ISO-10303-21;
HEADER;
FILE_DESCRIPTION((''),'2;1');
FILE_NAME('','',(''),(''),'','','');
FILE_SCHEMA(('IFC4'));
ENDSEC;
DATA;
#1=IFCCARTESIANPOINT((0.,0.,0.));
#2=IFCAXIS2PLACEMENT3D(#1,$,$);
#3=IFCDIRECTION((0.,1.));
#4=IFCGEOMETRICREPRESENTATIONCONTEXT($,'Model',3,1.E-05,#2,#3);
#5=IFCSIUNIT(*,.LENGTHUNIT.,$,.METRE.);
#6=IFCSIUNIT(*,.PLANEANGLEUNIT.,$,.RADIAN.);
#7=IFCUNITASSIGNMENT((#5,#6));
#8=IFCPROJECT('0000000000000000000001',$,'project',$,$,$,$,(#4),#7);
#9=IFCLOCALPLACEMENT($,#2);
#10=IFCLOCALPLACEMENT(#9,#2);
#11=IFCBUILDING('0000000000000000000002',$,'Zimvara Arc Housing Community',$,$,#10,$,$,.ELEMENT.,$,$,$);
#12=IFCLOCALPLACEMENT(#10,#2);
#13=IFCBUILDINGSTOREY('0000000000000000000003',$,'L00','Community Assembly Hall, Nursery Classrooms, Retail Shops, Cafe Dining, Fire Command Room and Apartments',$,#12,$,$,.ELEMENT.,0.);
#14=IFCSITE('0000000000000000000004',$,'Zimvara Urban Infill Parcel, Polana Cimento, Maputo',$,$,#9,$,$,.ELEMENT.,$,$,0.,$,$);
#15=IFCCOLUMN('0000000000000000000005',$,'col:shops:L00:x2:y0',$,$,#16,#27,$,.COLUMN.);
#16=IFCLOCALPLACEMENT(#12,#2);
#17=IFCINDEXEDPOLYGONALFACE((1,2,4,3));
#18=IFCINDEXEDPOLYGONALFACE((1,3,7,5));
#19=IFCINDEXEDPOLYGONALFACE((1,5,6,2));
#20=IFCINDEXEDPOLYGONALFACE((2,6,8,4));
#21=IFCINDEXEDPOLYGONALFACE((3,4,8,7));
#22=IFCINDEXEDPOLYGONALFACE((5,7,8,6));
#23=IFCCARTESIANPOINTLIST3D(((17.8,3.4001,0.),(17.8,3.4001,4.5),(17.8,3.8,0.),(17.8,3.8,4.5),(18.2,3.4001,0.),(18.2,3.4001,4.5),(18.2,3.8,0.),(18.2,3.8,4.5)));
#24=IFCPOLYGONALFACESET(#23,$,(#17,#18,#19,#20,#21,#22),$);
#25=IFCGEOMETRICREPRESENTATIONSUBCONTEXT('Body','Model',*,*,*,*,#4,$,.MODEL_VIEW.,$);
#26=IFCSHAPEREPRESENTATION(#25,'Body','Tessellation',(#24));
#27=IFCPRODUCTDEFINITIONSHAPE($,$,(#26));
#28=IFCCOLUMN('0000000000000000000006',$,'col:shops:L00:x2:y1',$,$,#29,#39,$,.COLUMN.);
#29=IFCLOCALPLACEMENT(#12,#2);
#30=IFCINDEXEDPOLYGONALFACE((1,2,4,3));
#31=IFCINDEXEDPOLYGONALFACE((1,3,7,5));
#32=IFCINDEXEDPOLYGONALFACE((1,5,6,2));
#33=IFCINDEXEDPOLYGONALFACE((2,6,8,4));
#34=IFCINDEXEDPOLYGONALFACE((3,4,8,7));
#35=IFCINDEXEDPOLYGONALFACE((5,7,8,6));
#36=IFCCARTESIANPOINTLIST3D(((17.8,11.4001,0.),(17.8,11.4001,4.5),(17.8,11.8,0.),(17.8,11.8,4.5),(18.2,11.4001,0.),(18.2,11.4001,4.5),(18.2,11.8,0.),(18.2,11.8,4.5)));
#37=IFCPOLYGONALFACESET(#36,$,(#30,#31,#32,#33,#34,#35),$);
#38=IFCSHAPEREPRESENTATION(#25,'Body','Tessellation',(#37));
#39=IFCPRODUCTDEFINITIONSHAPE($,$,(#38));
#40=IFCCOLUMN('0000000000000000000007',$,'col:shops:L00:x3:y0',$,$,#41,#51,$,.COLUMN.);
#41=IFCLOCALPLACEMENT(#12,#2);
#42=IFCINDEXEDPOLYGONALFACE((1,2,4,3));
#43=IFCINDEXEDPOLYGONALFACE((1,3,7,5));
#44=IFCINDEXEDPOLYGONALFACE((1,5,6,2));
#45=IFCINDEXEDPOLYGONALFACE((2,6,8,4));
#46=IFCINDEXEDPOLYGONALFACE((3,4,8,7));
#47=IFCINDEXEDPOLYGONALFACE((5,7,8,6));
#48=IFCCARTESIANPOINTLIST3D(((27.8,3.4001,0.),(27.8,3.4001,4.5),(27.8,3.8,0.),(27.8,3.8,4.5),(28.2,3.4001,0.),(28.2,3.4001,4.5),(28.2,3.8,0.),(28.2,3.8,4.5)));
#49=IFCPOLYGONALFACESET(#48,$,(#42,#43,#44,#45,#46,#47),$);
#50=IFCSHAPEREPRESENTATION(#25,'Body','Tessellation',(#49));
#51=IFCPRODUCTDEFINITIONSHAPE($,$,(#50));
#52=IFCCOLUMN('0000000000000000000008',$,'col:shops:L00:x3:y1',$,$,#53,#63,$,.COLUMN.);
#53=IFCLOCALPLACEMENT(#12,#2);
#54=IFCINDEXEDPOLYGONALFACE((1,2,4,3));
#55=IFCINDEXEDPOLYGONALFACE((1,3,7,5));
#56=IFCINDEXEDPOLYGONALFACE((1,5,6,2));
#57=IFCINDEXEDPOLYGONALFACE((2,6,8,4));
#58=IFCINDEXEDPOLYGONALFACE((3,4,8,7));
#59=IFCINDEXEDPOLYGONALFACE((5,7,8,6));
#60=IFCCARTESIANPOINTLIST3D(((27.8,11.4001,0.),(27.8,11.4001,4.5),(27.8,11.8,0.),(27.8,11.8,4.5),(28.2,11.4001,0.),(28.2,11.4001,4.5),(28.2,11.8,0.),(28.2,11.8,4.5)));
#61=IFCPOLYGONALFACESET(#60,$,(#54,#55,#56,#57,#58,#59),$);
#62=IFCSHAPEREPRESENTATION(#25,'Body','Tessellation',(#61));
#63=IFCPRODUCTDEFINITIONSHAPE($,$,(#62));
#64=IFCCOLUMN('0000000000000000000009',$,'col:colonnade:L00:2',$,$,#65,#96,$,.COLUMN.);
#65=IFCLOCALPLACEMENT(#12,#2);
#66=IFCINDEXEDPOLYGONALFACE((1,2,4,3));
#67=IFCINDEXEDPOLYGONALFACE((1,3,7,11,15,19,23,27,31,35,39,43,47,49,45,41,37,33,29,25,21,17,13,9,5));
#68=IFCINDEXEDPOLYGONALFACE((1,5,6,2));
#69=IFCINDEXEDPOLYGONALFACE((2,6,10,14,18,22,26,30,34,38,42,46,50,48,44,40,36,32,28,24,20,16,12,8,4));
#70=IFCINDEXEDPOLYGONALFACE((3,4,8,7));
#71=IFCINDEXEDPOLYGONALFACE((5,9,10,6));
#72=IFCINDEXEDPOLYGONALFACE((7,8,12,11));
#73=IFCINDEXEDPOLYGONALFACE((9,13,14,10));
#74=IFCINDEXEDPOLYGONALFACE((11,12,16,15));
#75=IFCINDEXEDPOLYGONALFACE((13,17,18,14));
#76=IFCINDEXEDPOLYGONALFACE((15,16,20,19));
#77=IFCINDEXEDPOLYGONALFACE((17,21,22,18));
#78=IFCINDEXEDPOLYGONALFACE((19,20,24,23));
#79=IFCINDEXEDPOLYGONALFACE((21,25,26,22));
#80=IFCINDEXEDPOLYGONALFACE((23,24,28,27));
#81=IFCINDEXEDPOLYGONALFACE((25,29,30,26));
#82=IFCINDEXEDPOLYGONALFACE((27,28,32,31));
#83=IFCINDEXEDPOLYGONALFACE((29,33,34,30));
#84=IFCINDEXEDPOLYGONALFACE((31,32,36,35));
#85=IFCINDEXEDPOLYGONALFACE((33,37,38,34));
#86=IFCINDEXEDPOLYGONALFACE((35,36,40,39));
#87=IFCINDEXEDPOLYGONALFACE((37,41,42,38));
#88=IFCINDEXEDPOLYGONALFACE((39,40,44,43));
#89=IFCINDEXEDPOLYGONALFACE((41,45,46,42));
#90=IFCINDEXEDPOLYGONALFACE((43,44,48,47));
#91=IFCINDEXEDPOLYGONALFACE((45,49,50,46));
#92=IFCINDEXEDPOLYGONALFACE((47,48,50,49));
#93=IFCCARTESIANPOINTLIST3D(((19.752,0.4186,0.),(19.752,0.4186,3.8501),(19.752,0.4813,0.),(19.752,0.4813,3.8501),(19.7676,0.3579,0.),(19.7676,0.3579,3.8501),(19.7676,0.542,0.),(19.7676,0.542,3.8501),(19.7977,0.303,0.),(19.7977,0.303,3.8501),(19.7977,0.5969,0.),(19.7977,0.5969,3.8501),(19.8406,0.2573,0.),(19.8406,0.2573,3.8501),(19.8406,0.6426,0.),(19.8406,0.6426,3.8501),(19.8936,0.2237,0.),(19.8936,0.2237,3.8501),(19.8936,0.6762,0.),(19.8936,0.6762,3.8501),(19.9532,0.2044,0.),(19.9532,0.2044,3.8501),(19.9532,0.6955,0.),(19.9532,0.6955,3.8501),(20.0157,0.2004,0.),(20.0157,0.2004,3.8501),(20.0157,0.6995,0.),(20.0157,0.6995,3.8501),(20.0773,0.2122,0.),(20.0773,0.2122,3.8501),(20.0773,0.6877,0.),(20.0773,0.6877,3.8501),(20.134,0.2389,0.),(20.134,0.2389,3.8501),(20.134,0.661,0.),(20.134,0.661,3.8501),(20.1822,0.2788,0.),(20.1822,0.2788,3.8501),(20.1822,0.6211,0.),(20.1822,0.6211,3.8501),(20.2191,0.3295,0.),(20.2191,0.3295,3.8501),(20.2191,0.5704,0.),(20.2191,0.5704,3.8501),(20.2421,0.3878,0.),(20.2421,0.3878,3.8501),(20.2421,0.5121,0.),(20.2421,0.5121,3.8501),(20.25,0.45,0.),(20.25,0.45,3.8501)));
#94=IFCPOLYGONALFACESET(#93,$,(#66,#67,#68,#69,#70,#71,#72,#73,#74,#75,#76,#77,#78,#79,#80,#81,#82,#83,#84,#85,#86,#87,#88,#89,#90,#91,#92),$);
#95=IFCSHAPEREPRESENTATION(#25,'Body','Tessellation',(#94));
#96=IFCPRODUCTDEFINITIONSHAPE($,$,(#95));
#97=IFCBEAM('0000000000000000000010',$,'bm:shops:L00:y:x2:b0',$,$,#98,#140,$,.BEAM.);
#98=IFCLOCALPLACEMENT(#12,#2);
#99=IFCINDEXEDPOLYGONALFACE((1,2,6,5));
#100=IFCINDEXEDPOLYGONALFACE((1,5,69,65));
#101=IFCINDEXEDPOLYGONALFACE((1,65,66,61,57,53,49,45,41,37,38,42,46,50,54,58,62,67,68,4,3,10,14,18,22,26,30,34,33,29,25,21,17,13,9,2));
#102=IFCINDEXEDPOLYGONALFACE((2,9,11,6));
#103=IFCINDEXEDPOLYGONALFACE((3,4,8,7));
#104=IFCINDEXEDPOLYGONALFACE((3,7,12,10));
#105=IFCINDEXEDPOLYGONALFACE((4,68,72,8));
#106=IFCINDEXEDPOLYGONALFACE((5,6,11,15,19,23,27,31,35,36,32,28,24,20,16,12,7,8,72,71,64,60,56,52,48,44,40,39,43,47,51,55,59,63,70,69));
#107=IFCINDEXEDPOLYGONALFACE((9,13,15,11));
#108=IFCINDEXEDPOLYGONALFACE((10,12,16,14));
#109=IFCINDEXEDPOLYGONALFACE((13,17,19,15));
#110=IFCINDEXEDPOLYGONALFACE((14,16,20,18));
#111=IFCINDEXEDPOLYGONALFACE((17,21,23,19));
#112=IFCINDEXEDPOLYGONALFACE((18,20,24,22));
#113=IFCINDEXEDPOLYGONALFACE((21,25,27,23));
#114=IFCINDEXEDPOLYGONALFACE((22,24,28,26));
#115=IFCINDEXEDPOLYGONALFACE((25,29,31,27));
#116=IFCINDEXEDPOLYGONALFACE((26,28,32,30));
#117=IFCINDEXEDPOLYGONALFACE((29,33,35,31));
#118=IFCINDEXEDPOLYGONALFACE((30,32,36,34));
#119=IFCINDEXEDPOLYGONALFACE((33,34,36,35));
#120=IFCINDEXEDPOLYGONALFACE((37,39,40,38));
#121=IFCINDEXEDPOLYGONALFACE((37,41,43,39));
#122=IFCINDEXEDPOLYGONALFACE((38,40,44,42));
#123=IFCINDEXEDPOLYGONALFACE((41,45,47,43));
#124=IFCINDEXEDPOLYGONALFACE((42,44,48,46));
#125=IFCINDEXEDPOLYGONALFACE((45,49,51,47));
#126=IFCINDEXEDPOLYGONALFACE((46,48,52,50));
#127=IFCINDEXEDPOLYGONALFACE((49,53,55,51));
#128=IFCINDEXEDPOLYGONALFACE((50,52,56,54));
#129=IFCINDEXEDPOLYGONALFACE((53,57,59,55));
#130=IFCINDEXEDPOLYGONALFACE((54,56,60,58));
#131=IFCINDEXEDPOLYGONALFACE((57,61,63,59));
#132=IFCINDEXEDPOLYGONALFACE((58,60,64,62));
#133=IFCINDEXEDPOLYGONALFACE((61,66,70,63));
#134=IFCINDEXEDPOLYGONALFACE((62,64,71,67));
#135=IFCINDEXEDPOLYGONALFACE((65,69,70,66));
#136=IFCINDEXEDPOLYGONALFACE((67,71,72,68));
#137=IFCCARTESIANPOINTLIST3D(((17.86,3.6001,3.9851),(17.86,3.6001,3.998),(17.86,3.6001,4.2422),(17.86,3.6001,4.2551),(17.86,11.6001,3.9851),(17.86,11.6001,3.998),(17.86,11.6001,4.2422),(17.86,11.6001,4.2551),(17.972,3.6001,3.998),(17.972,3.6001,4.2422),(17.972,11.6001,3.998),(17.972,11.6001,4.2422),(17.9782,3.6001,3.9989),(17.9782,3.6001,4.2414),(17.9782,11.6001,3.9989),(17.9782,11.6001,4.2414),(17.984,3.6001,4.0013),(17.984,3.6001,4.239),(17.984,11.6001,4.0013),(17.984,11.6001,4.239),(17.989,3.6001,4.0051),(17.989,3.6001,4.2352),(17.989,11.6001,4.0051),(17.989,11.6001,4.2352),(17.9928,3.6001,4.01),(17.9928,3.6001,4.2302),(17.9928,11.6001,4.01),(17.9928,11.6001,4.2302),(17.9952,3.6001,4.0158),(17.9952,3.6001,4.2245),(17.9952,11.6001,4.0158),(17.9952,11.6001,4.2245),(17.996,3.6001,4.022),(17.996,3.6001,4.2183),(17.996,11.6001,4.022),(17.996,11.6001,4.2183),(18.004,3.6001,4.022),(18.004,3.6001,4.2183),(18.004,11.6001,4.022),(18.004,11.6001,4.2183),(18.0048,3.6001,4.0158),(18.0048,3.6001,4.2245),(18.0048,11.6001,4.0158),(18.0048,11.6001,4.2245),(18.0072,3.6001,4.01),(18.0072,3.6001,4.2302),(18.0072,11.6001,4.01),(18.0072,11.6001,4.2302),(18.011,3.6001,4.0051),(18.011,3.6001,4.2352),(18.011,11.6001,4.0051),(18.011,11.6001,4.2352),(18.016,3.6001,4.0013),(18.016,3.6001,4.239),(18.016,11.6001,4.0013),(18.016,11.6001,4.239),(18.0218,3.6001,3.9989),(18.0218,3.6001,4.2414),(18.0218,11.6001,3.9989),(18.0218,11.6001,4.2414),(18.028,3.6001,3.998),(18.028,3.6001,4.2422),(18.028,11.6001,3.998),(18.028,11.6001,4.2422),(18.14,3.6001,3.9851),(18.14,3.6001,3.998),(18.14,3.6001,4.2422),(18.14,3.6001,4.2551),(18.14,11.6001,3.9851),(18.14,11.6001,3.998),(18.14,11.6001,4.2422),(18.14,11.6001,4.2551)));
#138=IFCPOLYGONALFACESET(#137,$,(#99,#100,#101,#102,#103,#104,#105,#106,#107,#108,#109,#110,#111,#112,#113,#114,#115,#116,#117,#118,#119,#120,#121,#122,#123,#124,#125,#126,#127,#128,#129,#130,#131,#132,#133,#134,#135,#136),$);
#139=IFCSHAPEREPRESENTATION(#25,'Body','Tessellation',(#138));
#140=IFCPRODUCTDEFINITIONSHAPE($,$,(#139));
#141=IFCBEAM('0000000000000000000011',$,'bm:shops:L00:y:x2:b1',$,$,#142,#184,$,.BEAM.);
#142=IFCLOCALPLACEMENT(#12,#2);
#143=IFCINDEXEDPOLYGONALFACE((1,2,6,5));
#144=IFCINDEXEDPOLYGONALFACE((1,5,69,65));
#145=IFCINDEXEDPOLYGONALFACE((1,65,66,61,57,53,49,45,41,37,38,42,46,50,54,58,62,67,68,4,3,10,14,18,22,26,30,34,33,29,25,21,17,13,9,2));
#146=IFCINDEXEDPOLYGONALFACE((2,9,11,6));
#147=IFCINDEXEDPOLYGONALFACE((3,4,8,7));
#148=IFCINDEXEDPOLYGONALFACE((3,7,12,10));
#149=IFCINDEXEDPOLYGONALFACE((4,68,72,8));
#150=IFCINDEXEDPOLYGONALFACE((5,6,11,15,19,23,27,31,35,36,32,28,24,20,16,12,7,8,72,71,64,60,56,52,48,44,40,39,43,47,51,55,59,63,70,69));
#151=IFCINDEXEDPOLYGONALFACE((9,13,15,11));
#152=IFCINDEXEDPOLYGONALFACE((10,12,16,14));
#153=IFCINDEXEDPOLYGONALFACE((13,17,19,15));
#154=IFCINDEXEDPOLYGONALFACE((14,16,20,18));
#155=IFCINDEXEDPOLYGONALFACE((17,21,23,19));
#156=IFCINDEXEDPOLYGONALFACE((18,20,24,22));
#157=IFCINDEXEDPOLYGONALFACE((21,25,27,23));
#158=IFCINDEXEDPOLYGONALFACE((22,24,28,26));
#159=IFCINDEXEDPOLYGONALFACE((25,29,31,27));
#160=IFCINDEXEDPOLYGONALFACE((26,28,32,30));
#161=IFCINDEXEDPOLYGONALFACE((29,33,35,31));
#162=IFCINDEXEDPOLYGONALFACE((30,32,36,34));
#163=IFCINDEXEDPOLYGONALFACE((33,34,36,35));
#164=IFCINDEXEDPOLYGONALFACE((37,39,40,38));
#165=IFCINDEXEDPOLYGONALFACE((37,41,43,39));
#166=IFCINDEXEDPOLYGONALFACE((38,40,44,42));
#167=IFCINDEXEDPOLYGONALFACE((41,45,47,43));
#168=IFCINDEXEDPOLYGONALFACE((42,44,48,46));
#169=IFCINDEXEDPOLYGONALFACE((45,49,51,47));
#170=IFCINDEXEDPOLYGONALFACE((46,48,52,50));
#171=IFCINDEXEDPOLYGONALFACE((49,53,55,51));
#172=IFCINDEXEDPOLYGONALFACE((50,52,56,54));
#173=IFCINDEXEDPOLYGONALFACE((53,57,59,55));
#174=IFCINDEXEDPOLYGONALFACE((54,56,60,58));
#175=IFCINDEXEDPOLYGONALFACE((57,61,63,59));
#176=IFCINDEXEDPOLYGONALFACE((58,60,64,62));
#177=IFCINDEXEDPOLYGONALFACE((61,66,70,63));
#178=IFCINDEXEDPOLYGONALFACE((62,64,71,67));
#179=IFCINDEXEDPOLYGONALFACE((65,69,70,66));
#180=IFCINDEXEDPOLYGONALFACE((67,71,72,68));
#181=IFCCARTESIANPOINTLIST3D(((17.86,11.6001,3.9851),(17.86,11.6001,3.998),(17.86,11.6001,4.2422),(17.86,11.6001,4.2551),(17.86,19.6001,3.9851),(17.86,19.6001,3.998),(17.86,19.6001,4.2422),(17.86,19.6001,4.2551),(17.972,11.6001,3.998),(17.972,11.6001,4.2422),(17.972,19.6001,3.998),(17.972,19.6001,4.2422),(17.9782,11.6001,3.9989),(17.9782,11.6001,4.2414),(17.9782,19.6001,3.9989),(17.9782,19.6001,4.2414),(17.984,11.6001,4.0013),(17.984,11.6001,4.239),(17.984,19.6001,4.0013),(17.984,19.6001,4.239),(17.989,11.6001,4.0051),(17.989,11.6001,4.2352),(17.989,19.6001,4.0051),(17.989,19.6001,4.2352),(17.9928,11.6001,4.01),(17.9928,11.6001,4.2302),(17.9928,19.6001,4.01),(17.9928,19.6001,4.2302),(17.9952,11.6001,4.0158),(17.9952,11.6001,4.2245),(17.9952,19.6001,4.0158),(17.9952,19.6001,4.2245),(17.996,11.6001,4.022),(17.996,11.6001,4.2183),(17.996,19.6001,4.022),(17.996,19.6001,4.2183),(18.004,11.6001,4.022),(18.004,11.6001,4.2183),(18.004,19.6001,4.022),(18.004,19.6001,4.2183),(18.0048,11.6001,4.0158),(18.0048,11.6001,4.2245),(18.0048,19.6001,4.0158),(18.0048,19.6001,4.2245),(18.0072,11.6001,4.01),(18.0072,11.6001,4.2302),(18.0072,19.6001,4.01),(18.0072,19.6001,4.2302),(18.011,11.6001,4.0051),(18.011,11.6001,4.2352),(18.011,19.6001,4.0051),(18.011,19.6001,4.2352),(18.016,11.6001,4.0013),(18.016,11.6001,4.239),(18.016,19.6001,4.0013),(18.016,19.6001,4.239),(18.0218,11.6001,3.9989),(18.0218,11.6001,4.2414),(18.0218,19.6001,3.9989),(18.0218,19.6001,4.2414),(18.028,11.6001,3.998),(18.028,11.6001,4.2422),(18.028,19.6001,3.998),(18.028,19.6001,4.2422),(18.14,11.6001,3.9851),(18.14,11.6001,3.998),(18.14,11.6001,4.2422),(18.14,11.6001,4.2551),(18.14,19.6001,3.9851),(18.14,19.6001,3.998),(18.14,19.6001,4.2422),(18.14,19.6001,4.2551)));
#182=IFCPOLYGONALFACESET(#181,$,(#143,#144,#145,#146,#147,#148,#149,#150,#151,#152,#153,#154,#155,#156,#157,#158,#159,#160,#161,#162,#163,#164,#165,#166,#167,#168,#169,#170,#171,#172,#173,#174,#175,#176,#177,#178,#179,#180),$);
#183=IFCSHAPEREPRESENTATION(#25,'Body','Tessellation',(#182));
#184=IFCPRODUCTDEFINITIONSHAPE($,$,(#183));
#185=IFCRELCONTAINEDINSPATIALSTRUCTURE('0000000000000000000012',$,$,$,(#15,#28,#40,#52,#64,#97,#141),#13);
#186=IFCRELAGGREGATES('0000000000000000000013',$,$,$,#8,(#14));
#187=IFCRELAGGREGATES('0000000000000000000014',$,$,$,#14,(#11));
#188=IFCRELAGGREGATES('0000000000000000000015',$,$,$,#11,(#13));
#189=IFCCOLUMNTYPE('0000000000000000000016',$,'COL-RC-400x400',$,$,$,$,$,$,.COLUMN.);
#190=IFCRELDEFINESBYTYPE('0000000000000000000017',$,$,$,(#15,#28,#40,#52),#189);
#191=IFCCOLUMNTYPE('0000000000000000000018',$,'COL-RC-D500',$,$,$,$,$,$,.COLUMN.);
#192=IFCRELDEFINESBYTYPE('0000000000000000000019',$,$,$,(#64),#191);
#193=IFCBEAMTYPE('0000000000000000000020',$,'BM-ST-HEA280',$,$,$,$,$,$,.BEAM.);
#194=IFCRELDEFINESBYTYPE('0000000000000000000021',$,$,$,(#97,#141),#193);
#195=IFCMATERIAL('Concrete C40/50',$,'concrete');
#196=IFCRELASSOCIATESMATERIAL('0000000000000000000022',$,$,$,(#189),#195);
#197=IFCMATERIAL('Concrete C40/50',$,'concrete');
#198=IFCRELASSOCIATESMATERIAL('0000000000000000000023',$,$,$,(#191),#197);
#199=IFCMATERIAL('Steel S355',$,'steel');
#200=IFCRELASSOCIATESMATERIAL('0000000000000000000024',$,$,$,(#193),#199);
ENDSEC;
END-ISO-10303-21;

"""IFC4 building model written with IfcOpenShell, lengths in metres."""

from ifc_helpers import new_model, si_unit, direction, frame, origin, origin_2d, place, context, subcontext, project, spatial, rectangle, circle, i_section, extrude, material, material_profile, profile_set, type_object, element, save


model = new_model("IFC4")

# Units and contexts
model_context = context("Model", 3, precision=1e-05, world=origin(), true_north=direction((0.0, 1.0)))
body_context = subcontext(model_context, "Body", "Model", "MODEL_VIEW")
ifc_project = project(units=[si_unit("LENGTHUNIT", "METRE"), si_unit("PLANEANGLEUNIT", "RADIAN")], contexts=[model_context])

# Site, building, storey
site_placement = place(None, origin())
site = spatial("IfcSite", under=ifc_project, at=site_placement, Name="Zimvara Urban Infill Parcel, Polana Cimento, Maputo", CompositionType="ELEMENT", RefElevation=0.0)
building_placement = place(site_placement, origin())
building = spatial("IfcBuilding", under=site, at=building_placement, Name="Zimvara Arc Housing Community", CompositionType="ELEMENT")
storey_placement = place(building_placement, origin())
storey = spatial("IfcBuildingStorey", under=building, at=storey_placement, Name="L00", Description="Community Assembly Hall, Nursery Classrooms, Retail Shops, Cafe Dining, Fire Command Room and Apartments", CompositionType="ELEMENT", Elevation=0.0)

# Columns
ifc_material_1 = material(Name="Concrete C40/50", Category="concrete")
ifc_material_profile_1 = material_profile(ifc_material_1, rectangle(XDim=0.3999, YDim=0.3999, at=origin_2d()), Name="RC 400x400")
ifc_profile_set_1 = profile_set([ifc_material_profile_1], Name="Concrete C40/50")
column_type_1 = type_object("IfcColumnType", Name="COL-RC-400x400", PredefinedType="COLUMN", material=ifc_profile_set_1)
for number, where, z_axis, x_axis, name in (
    (1, (18.0, 3.6001, 0.0), (0.0, 0.0, 1.0), (1.0, 0.0, 0.0), "col:shops:L00:x2:y0"),
    (2, (18.0, 11.6001, 0.0), (0.0, 0.0, 1.0), (1.0, 0.0, 0.0), "col:shops:L00:x2:y1"),
    (3, (28.0, 3.6001, 0.0), (0.0, 0.0, 1.0), (1.0, 0.0, 0.0), "col:shops:L00:x3:y0"),
    (4, (28.0, 11.6001, 0.0), (0.0, 0.0, 1.0), (1.0, 0.0, 0.0), "col:shops:L00:x3:y1"),
):
    element("IfcColumn", number, at=place(storey_placement, frame(where, z_axis=z_axis, x_axis=x_axis)), inside=storey, type_object=column_type_1, Name=name, PredefinedType="COLUMN", context=body_context, shape_type="SweptSolid", body=[
        extrude(rectangle(XDim=0.3999, YDim=0.3999, at=origin_2d()), origin(), (0.0, 0.0, 1.0), 4.5),
    ])
ifc_material_2 = material(Name="Concrete C40/50", Category="concrete")
ifc_material_profile_2 = material_profile(ifc_material_2, circle(Radius=0.25, at=origin_2d()), Name="RC D500")
ifc_profile_set_2 = profile_set([ifc_material_profile_2], Name="Concrete C40/50")
column_type_2 = type_object("IfcColumnType", Name="COL-RC-D500", PredefinedType="COLUMN", material=ifc_profile_set_2)
column_placement = place(storey_placement, frame((20.0, 0.45, 0.0), z_axis=(0.0, 0.0, 1.0), x_axis=(1.0, 0.0, 0.0)))
element("IfcColumn", 5, at=column_placement, inside=storey, type_object=column_type_2, Name="col:colonnade:L00:2", PredefinedType="COLUMN", context=body_context, shape_type="SweptSolid", body=[
    extrude(circle(Radius=0.25, at=origin_2d()), origin(), (0.0, 0.0, 1.0), 3.8501),
])

# Beams
ifc_material_3 = material(Name="Steel S355", Category="steel")
ifc_material_profile_3 = material_profile(ifc_material_3, i_section(OverallWidth=0.28, OverallDepth=0.27, WebThickness=0.0081, FlangeThickness=0.0129, FilletRadius=0.0239, at=origin_2d()), Name="HEA 280")
ifc_profile_set_3 = profile_set([ifc_material_profile_3], Name="Steel S355")
beam_type_1 = type_object("IfcBeamType", Name="BM-ST-HEA280", PredefinedType="BEAM", material=ifc_profile_set_3)
for number, where, z_axis, x_axis, name in (
    (6, (18.0, 3.6001, 4.1201), (0.0, 1.0, 0.0), (-1.0, 0.0, 0.0), "bm:shops:L00:y:x2:b0"),
    (7, (18.0, 11.6001, 4.1201), (0.0, 1.0, 0.0), (-1.0, 0.0, 0.0), "bm:shops:L00:y:x2:b1"),
):
    element("IfcBeam", number, at=place(storey_placement, frame(where, z_axis=z_axis, x_axis=x_axis)), inside=storey, type_object=beam_type_1, Name=name, PredefinedType="BEAM", context=body_context, shape_type="SweptSolid", body=[
        extrude(i_section(OverallWidth=0.28, OverallDepth=0.27, WebThickness=0.0081, FlangeThickness=0.0129, FilletRadius=0.0239, at=origin_2d()), origin(), (0.0, 0.0, 1.0), 8.0),
    ])

save(model, "model.ifc")
